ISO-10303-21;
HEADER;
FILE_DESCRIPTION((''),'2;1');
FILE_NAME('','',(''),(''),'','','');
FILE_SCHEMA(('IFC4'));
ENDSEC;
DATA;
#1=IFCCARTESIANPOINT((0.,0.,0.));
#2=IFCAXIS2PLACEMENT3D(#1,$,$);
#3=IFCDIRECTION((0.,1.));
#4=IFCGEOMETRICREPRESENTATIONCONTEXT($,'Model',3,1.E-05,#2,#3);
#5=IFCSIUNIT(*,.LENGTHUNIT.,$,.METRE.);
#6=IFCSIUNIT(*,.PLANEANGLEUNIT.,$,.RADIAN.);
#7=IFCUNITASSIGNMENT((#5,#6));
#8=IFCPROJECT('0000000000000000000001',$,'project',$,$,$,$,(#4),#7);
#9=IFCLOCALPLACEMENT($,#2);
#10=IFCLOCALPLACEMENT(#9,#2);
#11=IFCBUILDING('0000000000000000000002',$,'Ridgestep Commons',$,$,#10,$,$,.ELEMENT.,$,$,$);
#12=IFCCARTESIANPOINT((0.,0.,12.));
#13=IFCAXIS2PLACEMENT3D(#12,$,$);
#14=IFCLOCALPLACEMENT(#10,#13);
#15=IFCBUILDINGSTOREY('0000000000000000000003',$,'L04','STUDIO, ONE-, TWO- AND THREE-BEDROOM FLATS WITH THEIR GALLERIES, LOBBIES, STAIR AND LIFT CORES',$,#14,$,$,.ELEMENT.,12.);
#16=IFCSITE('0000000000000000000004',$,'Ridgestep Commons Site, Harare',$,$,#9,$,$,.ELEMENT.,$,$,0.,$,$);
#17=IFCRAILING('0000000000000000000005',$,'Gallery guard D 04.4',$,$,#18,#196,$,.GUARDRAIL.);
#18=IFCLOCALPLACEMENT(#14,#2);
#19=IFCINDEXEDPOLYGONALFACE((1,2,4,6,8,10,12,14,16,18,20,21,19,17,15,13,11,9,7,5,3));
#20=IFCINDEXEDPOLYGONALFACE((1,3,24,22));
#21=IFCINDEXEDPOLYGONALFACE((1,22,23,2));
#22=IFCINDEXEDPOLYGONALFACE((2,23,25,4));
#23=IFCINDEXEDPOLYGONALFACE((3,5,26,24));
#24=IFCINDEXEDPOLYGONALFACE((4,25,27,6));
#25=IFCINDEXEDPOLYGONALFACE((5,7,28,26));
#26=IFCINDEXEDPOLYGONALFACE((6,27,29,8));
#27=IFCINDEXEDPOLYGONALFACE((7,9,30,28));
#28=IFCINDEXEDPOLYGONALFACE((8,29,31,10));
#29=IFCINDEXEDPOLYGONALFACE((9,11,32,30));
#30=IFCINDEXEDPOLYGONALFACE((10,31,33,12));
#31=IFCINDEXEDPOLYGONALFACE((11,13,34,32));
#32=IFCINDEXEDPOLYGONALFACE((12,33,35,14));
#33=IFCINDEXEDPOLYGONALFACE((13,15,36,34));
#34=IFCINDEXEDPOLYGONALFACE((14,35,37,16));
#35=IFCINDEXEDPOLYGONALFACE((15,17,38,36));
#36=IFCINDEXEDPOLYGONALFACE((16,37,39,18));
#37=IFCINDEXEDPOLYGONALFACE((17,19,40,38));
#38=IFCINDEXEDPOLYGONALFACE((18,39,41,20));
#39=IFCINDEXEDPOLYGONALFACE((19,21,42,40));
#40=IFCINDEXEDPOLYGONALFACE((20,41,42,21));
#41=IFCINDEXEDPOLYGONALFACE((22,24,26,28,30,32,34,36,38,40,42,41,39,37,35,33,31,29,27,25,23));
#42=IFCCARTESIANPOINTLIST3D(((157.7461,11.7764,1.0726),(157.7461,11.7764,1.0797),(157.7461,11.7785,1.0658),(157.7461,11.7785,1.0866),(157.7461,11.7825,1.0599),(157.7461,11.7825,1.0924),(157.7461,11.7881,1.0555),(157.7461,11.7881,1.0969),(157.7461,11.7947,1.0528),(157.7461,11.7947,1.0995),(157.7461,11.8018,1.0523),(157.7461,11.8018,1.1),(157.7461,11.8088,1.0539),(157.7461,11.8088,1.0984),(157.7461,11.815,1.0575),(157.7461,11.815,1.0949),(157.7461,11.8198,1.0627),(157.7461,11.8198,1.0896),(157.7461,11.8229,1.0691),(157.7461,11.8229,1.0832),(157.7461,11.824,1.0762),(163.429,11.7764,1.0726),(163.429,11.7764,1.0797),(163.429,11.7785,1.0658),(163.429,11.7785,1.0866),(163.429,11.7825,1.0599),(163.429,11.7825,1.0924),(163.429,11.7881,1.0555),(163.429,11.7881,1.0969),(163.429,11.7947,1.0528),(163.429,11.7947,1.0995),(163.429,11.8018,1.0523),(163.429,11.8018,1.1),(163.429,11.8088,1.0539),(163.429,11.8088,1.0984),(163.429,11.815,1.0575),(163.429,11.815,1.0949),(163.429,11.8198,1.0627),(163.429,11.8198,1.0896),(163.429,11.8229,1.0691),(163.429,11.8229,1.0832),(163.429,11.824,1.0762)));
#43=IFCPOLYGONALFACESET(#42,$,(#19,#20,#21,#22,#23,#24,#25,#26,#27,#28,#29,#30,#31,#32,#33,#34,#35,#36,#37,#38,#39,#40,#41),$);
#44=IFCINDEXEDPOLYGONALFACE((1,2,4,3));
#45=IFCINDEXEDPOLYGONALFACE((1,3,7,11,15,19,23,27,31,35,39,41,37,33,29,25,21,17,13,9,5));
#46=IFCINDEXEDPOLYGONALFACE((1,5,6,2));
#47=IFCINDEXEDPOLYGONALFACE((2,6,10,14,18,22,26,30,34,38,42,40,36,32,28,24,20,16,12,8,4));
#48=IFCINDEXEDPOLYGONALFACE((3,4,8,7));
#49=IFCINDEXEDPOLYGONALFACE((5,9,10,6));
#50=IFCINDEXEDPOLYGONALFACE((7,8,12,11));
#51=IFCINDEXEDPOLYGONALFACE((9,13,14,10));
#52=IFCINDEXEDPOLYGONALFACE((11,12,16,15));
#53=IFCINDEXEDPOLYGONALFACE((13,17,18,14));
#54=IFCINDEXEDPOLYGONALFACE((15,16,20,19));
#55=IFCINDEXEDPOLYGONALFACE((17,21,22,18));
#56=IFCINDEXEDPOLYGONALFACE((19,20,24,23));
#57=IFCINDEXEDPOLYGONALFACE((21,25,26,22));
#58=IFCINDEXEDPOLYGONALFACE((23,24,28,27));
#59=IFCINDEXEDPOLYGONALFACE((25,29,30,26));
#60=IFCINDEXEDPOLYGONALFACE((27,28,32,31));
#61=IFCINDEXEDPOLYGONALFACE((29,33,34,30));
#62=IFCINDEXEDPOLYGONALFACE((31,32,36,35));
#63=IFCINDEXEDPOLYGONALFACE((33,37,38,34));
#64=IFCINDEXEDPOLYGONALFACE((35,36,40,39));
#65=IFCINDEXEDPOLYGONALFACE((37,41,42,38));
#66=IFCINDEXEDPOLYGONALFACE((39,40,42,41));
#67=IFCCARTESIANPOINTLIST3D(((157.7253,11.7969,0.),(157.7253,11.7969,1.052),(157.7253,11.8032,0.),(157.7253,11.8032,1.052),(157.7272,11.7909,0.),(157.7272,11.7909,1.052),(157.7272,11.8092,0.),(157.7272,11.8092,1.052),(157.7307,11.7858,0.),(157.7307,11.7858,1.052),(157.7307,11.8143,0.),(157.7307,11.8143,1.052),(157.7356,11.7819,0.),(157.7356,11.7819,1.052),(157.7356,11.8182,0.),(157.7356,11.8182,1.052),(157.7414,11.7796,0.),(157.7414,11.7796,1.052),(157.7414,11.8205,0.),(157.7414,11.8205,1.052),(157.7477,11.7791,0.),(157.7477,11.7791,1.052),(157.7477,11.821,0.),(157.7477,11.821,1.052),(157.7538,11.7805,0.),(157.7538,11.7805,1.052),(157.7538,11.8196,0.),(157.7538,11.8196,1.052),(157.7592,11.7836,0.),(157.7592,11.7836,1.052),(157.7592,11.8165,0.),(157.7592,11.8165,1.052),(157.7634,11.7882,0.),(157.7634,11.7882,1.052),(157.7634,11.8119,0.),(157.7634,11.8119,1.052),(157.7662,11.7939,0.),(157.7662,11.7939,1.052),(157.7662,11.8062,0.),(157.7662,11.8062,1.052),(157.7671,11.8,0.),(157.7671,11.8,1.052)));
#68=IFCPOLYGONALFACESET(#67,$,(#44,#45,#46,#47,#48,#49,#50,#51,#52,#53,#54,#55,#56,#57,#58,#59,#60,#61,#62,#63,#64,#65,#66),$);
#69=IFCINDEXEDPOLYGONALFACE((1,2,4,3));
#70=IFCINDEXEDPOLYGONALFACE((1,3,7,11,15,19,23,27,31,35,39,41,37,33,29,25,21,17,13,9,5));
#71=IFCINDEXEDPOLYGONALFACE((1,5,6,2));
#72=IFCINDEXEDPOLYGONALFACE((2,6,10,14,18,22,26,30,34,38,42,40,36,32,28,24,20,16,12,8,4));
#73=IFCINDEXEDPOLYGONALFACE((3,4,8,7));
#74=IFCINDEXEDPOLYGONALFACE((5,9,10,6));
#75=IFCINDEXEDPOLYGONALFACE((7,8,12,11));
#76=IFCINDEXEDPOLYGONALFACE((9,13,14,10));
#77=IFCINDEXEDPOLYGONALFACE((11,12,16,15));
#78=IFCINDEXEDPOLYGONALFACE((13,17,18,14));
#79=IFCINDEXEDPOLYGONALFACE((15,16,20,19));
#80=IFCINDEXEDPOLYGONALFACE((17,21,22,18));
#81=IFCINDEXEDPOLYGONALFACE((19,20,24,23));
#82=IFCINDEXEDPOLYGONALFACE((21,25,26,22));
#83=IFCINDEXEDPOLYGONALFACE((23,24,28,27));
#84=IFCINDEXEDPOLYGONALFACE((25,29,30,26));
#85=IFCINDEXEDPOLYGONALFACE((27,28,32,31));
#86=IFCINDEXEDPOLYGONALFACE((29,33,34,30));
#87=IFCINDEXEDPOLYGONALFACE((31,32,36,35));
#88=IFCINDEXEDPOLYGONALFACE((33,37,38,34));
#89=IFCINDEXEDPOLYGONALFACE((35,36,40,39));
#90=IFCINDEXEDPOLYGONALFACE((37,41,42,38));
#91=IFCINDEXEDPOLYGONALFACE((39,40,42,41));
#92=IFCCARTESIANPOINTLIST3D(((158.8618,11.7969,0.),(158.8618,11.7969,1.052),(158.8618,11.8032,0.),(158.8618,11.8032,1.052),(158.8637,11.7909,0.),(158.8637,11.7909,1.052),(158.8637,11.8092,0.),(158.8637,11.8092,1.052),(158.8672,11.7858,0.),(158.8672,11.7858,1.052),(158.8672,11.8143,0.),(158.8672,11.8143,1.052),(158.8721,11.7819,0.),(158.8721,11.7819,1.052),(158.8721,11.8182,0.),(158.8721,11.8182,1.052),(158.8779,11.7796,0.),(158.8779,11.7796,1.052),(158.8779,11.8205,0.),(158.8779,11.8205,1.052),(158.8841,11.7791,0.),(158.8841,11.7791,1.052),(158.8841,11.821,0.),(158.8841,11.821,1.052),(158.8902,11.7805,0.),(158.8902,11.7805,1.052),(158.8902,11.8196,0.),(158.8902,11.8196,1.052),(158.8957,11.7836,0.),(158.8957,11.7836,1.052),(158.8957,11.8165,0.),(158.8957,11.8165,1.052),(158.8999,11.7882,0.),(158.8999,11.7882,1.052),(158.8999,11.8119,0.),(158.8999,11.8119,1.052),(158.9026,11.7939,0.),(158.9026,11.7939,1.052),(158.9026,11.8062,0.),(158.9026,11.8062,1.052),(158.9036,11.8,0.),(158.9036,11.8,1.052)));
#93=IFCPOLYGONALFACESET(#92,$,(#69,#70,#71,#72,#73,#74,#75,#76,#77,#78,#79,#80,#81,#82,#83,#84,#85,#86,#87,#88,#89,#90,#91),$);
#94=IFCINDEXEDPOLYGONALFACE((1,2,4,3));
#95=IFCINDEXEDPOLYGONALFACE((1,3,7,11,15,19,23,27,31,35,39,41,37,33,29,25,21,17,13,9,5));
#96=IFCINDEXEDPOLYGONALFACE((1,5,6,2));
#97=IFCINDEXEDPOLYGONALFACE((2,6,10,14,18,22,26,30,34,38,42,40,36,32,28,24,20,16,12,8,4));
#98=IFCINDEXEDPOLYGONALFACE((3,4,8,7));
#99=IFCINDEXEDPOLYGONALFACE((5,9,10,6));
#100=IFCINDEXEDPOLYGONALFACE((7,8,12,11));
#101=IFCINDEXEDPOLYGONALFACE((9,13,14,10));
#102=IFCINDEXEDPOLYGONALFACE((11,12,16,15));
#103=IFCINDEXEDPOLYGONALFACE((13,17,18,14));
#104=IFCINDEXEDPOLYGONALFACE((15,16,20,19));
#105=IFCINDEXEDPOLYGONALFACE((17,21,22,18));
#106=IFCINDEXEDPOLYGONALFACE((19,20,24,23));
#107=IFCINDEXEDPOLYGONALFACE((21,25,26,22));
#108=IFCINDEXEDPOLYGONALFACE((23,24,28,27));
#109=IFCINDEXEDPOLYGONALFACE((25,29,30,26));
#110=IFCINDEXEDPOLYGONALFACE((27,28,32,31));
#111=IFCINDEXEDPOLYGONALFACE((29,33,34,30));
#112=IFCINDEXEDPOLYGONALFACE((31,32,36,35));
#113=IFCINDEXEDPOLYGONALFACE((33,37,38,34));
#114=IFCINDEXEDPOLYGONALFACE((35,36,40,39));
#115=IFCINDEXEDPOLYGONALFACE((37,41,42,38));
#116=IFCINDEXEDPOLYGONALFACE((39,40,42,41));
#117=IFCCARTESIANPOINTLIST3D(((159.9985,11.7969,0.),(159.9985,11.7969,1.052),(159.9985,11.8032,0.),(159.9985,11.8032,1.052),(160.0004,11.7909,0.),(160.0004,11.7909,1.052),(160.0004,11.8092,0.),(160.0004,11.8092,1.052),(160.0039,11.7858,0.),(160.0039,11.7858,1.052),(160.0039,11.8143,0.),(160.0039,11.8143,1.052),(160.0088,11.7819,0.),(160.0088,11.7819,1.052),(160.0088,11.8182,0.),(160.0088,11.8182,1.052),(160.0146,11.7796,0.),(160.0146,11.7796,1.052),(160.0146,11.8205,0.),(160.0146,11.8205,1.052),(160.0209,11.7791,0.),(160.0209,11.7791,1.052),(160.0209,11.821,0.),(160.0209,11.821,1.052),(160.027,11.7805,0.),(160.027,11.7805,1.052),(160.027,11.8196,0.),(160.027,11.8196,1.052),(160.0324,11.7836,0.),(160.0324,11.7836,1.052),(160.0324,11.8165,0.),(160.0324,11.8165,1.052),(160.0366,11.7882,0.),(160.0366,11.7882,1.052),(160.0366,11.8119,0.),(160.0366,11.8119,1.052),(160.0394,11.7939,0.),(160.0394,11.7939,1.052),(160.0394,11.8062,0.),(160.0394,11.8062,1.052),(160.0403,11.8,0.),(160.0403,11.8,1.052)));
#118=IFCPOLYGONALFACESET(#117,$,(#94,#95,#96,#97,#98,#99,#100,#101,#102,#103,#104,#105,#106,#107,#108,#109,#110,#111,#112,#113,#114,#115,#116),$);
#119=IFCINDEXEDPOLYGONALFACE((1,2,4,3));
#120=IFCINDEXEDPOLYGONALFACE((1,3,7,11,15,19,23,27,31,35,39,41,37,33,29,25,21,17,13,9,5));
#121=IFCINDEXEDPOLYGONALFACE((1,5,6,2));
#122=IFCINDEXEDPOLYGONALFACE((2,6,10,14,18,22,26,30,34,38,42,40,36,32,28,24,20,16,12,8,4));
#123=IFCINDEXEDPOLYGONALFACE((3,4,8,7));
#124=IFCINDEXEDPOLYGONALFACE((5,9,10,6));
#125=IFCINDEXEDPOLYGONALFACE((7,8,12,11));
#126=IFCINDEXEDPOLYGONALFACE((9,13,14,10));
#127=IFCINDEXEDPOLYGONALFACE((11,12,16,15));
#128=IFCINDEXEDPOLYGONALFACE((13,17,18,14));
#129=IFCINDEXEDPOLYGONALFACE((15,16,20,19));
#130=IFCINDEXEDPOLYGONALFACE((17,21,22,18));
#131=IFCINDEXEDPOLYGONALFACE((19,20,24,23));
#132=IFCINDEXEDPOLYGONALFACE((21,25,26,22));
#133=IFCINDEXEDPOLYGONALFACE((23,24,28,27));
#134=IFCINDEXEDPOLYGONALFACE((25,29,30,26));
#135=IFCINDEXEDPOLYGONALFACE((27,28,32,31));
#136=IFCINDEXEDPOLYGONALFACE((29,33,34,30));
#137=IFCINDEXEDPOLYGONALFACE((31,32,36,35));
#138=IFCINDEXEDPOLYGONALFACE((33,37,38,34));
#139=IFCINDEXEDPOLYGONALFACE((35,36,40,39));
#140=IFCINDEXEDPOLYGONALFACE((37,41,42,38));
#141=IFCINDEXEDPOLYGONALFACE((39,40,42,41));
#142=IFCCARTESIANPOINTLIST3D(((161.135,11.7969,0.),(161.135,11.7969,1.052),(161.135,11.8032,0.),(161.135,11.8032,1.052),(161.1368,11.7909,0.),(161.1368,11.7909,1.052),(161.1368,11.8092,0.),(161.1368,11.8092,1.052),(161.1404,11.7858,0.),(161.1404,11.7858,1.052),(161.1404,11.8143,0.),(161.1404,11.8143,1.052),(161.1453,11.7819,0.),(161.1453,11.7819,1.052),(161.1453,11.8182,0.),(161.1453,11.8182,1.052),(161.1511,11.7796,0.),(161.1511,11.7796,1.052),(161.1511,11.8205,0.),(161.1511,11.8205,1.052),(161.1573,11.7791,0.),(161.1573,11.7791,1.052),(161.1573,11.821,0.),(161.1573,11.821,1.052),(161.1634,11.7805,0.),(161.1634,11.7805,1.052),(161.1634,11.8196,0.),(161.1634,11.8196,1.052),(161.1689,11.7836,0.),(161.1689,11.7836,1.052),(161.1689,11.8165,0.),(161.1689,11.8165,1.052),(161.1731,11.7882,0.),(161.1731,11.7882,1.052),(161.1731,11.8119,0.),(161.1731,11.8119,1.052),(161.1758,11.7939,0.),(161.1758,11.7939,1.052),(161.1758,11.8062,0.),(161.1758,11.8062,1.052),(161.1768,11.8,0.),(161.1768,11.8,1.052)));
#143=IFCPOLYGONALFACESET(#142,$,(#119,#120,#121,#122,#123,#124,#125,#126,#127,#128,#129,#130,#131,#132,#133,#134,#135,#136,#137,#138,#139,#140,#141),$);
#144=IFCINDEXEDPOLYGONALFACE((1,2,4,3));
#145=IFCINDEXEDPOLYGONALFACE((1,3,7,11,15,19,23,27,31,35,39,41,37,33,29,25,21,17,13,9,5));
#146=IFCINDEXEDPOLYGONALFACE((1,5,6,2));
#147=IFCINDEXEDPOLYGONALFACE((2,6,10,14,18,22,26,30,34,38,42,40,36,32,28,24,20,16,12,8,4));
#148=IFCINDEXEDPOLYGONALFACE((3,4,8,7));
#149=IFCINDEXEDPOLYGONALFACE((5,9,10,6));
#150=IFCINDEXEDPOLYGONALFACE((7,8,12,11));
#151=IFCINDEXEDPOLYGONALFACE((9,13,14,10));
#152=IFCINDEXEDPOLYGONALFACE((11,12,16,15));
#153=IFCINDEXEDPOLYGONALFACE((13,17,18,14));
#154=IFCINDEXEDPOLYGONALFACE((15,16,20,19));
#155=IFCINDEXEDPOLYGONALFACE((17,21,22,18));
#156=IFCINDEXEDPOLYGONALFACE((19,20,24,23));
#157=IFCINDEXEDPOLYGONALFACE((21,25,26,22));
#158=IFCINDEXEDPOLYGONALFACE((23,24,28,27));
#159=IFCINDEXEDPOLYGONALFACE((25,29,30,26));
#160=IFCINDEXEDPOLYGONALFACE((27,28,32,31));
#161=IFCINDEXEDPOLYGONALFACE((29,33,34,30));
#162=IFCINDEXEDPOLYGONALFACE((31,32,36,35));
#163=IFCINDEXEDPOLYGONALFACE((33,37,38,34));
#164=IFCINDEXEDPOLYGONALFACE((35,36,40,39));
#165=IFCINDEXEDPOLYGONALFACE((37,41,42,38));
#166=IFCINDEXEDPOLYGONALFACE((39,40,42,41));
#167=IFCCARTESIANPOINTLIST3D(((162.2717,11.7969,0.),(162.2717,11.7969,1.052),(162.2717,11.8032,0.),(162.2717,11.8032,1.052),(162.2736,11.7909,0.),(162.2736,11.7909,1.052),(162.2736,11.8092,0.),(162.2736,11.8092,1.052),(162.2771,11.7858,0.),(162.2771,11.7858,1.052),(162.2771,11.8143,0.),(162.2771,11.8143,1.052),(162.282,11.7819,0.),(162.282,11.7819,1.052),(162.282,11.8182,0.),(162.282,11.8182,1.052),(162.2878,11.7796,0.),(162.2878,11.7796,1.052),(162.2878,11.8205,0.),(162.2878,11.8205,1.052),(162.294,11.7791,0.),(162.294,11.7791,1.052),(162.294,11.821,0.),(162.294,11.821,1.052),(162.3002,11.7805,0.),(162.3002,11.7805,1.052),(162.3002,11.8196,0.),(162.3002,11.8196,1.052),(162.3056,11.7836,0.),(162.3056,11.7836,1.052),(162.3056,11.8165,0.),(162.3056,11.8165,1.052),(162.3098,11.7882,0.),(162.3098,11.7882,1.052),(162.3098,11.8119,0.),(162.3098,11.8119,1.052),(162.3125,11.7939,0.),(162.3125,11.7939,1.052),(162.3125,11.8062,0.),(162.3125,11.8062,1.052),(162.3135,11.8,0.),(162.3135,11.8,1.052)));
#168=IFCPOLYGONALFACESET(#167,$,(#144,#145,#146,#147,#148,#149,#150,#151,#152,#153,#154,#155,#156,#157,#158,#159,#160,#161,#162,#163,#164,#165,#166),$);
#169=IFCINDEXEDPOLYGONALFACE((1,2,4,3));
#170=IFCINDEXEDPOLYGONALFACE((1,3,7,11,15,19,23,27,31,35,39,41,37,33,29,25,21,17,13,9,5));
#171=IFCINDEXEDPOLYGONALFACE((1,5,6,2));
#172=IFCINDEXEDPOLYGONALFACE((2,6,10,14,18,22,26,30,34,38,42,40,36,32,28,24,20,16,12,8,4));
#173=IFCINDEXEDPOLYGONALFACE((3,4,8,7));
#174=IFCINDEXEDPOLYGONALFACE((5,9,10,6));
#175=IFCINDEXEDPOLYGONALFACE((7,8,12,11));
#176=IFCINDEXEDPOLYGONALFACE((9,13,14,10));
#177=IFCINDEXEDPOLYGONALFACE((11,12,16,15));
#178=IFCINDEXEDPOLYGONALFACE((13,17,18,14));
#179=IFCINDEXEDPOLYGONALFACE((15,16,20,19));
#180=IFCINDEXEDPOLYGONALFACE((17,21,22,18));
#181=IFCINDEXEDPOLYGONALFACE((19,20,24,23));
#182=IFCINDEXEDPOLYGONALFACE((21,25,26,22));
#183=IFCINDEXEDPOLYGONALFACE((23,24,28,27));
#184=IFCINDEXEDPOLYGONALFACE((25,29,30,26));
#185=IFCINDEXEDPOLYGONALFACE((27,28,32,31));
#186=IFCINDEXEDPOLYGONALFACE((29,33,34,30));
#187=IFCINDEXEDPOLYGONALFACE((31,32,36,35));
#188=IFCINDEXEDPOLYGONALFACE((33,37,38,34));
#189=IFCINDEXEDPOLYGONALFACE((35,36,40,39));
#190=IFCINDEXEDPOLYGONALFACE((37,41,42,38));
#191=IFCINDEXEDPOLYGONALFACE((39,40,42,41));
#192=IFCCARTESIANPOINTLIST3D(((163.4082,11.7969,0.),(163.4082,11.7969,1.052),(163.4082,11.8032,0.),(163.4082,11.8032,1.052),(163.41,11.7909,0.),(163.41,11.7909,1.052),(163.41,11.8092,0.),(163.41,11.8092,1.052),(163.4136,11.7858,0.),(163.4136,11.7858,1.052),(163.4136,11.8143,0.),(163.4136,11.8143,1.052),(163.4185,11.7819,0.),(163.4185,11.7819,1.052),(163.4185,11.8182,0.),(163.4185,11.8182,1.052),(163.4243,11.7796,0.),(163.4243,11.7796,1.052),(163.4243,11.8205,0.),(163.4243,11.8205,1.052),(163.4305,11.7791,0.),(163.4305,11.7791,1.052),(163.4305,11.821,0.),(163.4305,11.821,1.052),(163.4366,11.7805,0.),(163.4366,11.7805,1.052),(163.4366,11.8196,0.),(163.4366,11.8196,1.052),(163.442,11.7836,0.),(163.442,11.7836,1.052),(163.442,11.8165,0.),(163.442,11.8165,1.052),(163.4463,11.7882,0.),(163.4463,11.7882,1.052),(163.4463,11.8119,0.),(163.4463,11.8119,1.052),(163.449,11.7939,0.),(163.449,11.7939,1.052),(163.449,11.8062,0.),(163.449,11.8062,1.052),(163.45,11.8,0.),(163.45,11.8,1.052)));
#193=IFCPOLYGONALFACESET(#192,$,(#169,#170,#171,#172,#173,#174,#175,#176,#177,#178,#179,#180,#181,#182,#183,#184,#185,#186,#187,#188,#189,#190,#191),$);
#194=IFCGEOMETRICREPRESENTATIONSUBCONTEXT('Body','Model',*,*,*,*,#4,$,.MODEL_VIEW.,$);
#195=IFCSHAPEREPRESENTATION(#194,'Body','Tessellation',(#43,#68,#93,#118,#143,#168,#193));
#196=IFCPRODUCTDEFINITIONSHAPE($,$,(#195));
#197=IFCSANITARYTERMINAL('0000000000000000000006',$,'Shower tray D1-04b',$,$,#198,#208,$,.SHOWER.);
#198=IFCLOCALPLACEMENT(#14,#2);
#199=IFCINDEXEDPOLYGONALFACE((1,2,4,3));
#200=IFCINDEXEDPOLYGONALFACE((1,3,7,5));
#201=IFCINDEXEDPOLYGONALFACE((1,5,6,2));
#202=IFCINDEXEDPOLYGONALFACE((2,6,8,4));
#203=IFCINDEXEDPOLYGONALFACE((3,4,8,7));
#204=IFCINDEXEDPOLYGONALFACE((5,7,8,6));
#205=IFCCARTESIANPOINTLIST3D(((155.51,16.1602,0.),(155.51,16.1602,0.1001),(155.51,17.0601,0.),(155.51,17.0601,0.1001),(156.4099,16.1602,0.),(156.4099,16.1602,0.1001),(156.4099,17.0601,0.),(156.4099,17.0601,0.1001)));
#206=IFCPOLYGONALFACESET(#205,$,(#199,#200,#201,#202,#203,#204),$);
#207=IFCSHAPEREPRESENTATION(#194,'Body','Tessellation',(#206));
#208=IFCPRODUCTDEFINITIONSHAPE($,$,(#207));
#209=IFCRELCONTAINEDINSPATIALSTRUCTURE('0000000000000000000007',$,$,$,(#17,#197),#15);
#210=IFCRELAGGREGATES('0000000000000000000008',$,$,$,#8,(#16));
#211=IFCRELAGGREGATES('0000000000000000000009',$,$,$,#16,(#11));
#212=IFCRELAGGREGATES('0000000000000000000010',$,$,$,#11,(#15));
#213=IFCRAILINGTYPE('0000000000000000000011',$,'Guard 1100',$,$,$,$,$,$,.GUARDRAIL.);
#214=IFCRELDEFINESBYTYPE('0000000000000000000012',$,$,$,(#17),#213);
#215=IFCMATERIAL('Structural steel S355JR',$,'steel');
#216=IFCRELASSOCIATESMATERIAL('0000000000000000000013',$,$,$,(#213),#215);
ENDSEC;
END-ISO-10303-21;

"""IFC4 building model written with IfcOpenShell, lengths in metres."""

from ifc_helpers import new_model, si_unit, direction, frame, origin, origin_2d, place, context, subcontext, project, spatial, rectangle, circle, extrude, material, type_object, element, save


model = new_model("IFC4")

# Units and contexts
model_context = context("Model", 3, precision=1e-05, world=origin(), true_north=direction((0.0, 1.0)))
body_context = subcontext(model_context, "Body", "Model", "MODEL_VIEW")
ifc_project = project(units=[si_unit("LENGTHUNIT", "METRE"), si_unit("PLANEANGLEUNIT", "RADIAN")], contexts=[model_context])

# Site, building, storey
site_placement = place(None, origin())
site = spatial("IfcSite", under=ifc_project, at=site_placement, Name="Ridgestep Commons Site, Harare", CompositionType="ELEMENT", RefElevation=0.0)
building_placement = place(site_placement, origin())
building = spatial("IfcBuilding", under=site, at=building_placement, Name="Ridgestep Commons", CompositionType="ELEMENT")
storey_placement = place(building_placement, frame((0.0, 0.0, 12.0)))
storey = spatial("IfcBuildingStorey", under=building, at=storey_placement, Name="L04", Description="STUDIO, ONE-, TWO- AND THREE-BEDROOM FLATS WITH THEIR GALLERIES, LOBBIES, STAIR AND LIFT CORES", CompositionType="ELEMENT", Elevation=12.0)

# Railing
ifc_material_1 = material(Name="Structural steel S355JR", Category="steel")
railing_type = type_object("IfcRailingType", Name="Guard 1100", PredefinedType="GUARDRAIL", material=ifc_material_1)
railing_1_placement = place(storey_placement, frame((157.7461, 11.8, 0.0)))
element("IfcRailing", 1, at=railing_1_placement, inside=storey, type_object=railing_type, Name="Gallery guard D 04.4", PredefinedType="GUARDRAIL", context=body_context, shape_type="SweptSolid", body=[
    extrude(circle(Radius=0.0239, at=origin_2d()), frame((0.0, 0.0, 1.0762), z_axis=(1.0, 0.0, 0.0), x_axis=(0.0, 1.0, 0.0)), (0.0, 0.0, 1.0), 5.6829),
    extrude(circle(Radius=0.021, at=origin_2d()), origin(), (0.0, 0.0, 1.0), 1.052),
    extrude(circle(Radius=0.021, at=origin_2d()), frame((1.1365, 0.0, 0.0)), (0.0, 0.0, 1.0), 1.052),
    extrude(circle(Radius=0.021, at=origin_2d()), frame((2.2732, 0.0, 0.0)), (0.0, 0.0, 1.0), 1.052),
    extrude(circle(Radius=0.021, at=origin_2d()), frame((3.4097, 0.0, 0.0)), (0.0, 0.0, 1.0), 1.052),
    extrude(circle(Radius=0.021, at=origin_2d()), frame((4.5464, 0.0, 0.0)), (0.0, 0.0, 1.0), 1.052),
    extrude(circle(Radius=0.021, at=origin_2d()), frame((5.6829, 0.0, 0.0)), (0.0, 0.0, 1.0), 1.052),
])

# Sanitary terminal
sanitary_terminal_1_placement = place(storey_placement, frame((155.96, 16.6101, 0.0), z_axis=(0.0, 0.0, 1.0), x_axis=(1.0, 0.0, 0.0)))
element("IfcSanitaryTerminal", 2, at=sanitary_terminal_1_placement, inside=storey, Name="Shower tray D1-04b", PredefinedType="SHOWER", context=body_context, shape_type="SweptSolid", body=[
    extrude(rectangle(XDim=0.8999, YDim=0.8999, at=origin_2d()), origin(), (0.0, 0.0, 1.0), 0.1001),
])

save(model, "model.ifc")
